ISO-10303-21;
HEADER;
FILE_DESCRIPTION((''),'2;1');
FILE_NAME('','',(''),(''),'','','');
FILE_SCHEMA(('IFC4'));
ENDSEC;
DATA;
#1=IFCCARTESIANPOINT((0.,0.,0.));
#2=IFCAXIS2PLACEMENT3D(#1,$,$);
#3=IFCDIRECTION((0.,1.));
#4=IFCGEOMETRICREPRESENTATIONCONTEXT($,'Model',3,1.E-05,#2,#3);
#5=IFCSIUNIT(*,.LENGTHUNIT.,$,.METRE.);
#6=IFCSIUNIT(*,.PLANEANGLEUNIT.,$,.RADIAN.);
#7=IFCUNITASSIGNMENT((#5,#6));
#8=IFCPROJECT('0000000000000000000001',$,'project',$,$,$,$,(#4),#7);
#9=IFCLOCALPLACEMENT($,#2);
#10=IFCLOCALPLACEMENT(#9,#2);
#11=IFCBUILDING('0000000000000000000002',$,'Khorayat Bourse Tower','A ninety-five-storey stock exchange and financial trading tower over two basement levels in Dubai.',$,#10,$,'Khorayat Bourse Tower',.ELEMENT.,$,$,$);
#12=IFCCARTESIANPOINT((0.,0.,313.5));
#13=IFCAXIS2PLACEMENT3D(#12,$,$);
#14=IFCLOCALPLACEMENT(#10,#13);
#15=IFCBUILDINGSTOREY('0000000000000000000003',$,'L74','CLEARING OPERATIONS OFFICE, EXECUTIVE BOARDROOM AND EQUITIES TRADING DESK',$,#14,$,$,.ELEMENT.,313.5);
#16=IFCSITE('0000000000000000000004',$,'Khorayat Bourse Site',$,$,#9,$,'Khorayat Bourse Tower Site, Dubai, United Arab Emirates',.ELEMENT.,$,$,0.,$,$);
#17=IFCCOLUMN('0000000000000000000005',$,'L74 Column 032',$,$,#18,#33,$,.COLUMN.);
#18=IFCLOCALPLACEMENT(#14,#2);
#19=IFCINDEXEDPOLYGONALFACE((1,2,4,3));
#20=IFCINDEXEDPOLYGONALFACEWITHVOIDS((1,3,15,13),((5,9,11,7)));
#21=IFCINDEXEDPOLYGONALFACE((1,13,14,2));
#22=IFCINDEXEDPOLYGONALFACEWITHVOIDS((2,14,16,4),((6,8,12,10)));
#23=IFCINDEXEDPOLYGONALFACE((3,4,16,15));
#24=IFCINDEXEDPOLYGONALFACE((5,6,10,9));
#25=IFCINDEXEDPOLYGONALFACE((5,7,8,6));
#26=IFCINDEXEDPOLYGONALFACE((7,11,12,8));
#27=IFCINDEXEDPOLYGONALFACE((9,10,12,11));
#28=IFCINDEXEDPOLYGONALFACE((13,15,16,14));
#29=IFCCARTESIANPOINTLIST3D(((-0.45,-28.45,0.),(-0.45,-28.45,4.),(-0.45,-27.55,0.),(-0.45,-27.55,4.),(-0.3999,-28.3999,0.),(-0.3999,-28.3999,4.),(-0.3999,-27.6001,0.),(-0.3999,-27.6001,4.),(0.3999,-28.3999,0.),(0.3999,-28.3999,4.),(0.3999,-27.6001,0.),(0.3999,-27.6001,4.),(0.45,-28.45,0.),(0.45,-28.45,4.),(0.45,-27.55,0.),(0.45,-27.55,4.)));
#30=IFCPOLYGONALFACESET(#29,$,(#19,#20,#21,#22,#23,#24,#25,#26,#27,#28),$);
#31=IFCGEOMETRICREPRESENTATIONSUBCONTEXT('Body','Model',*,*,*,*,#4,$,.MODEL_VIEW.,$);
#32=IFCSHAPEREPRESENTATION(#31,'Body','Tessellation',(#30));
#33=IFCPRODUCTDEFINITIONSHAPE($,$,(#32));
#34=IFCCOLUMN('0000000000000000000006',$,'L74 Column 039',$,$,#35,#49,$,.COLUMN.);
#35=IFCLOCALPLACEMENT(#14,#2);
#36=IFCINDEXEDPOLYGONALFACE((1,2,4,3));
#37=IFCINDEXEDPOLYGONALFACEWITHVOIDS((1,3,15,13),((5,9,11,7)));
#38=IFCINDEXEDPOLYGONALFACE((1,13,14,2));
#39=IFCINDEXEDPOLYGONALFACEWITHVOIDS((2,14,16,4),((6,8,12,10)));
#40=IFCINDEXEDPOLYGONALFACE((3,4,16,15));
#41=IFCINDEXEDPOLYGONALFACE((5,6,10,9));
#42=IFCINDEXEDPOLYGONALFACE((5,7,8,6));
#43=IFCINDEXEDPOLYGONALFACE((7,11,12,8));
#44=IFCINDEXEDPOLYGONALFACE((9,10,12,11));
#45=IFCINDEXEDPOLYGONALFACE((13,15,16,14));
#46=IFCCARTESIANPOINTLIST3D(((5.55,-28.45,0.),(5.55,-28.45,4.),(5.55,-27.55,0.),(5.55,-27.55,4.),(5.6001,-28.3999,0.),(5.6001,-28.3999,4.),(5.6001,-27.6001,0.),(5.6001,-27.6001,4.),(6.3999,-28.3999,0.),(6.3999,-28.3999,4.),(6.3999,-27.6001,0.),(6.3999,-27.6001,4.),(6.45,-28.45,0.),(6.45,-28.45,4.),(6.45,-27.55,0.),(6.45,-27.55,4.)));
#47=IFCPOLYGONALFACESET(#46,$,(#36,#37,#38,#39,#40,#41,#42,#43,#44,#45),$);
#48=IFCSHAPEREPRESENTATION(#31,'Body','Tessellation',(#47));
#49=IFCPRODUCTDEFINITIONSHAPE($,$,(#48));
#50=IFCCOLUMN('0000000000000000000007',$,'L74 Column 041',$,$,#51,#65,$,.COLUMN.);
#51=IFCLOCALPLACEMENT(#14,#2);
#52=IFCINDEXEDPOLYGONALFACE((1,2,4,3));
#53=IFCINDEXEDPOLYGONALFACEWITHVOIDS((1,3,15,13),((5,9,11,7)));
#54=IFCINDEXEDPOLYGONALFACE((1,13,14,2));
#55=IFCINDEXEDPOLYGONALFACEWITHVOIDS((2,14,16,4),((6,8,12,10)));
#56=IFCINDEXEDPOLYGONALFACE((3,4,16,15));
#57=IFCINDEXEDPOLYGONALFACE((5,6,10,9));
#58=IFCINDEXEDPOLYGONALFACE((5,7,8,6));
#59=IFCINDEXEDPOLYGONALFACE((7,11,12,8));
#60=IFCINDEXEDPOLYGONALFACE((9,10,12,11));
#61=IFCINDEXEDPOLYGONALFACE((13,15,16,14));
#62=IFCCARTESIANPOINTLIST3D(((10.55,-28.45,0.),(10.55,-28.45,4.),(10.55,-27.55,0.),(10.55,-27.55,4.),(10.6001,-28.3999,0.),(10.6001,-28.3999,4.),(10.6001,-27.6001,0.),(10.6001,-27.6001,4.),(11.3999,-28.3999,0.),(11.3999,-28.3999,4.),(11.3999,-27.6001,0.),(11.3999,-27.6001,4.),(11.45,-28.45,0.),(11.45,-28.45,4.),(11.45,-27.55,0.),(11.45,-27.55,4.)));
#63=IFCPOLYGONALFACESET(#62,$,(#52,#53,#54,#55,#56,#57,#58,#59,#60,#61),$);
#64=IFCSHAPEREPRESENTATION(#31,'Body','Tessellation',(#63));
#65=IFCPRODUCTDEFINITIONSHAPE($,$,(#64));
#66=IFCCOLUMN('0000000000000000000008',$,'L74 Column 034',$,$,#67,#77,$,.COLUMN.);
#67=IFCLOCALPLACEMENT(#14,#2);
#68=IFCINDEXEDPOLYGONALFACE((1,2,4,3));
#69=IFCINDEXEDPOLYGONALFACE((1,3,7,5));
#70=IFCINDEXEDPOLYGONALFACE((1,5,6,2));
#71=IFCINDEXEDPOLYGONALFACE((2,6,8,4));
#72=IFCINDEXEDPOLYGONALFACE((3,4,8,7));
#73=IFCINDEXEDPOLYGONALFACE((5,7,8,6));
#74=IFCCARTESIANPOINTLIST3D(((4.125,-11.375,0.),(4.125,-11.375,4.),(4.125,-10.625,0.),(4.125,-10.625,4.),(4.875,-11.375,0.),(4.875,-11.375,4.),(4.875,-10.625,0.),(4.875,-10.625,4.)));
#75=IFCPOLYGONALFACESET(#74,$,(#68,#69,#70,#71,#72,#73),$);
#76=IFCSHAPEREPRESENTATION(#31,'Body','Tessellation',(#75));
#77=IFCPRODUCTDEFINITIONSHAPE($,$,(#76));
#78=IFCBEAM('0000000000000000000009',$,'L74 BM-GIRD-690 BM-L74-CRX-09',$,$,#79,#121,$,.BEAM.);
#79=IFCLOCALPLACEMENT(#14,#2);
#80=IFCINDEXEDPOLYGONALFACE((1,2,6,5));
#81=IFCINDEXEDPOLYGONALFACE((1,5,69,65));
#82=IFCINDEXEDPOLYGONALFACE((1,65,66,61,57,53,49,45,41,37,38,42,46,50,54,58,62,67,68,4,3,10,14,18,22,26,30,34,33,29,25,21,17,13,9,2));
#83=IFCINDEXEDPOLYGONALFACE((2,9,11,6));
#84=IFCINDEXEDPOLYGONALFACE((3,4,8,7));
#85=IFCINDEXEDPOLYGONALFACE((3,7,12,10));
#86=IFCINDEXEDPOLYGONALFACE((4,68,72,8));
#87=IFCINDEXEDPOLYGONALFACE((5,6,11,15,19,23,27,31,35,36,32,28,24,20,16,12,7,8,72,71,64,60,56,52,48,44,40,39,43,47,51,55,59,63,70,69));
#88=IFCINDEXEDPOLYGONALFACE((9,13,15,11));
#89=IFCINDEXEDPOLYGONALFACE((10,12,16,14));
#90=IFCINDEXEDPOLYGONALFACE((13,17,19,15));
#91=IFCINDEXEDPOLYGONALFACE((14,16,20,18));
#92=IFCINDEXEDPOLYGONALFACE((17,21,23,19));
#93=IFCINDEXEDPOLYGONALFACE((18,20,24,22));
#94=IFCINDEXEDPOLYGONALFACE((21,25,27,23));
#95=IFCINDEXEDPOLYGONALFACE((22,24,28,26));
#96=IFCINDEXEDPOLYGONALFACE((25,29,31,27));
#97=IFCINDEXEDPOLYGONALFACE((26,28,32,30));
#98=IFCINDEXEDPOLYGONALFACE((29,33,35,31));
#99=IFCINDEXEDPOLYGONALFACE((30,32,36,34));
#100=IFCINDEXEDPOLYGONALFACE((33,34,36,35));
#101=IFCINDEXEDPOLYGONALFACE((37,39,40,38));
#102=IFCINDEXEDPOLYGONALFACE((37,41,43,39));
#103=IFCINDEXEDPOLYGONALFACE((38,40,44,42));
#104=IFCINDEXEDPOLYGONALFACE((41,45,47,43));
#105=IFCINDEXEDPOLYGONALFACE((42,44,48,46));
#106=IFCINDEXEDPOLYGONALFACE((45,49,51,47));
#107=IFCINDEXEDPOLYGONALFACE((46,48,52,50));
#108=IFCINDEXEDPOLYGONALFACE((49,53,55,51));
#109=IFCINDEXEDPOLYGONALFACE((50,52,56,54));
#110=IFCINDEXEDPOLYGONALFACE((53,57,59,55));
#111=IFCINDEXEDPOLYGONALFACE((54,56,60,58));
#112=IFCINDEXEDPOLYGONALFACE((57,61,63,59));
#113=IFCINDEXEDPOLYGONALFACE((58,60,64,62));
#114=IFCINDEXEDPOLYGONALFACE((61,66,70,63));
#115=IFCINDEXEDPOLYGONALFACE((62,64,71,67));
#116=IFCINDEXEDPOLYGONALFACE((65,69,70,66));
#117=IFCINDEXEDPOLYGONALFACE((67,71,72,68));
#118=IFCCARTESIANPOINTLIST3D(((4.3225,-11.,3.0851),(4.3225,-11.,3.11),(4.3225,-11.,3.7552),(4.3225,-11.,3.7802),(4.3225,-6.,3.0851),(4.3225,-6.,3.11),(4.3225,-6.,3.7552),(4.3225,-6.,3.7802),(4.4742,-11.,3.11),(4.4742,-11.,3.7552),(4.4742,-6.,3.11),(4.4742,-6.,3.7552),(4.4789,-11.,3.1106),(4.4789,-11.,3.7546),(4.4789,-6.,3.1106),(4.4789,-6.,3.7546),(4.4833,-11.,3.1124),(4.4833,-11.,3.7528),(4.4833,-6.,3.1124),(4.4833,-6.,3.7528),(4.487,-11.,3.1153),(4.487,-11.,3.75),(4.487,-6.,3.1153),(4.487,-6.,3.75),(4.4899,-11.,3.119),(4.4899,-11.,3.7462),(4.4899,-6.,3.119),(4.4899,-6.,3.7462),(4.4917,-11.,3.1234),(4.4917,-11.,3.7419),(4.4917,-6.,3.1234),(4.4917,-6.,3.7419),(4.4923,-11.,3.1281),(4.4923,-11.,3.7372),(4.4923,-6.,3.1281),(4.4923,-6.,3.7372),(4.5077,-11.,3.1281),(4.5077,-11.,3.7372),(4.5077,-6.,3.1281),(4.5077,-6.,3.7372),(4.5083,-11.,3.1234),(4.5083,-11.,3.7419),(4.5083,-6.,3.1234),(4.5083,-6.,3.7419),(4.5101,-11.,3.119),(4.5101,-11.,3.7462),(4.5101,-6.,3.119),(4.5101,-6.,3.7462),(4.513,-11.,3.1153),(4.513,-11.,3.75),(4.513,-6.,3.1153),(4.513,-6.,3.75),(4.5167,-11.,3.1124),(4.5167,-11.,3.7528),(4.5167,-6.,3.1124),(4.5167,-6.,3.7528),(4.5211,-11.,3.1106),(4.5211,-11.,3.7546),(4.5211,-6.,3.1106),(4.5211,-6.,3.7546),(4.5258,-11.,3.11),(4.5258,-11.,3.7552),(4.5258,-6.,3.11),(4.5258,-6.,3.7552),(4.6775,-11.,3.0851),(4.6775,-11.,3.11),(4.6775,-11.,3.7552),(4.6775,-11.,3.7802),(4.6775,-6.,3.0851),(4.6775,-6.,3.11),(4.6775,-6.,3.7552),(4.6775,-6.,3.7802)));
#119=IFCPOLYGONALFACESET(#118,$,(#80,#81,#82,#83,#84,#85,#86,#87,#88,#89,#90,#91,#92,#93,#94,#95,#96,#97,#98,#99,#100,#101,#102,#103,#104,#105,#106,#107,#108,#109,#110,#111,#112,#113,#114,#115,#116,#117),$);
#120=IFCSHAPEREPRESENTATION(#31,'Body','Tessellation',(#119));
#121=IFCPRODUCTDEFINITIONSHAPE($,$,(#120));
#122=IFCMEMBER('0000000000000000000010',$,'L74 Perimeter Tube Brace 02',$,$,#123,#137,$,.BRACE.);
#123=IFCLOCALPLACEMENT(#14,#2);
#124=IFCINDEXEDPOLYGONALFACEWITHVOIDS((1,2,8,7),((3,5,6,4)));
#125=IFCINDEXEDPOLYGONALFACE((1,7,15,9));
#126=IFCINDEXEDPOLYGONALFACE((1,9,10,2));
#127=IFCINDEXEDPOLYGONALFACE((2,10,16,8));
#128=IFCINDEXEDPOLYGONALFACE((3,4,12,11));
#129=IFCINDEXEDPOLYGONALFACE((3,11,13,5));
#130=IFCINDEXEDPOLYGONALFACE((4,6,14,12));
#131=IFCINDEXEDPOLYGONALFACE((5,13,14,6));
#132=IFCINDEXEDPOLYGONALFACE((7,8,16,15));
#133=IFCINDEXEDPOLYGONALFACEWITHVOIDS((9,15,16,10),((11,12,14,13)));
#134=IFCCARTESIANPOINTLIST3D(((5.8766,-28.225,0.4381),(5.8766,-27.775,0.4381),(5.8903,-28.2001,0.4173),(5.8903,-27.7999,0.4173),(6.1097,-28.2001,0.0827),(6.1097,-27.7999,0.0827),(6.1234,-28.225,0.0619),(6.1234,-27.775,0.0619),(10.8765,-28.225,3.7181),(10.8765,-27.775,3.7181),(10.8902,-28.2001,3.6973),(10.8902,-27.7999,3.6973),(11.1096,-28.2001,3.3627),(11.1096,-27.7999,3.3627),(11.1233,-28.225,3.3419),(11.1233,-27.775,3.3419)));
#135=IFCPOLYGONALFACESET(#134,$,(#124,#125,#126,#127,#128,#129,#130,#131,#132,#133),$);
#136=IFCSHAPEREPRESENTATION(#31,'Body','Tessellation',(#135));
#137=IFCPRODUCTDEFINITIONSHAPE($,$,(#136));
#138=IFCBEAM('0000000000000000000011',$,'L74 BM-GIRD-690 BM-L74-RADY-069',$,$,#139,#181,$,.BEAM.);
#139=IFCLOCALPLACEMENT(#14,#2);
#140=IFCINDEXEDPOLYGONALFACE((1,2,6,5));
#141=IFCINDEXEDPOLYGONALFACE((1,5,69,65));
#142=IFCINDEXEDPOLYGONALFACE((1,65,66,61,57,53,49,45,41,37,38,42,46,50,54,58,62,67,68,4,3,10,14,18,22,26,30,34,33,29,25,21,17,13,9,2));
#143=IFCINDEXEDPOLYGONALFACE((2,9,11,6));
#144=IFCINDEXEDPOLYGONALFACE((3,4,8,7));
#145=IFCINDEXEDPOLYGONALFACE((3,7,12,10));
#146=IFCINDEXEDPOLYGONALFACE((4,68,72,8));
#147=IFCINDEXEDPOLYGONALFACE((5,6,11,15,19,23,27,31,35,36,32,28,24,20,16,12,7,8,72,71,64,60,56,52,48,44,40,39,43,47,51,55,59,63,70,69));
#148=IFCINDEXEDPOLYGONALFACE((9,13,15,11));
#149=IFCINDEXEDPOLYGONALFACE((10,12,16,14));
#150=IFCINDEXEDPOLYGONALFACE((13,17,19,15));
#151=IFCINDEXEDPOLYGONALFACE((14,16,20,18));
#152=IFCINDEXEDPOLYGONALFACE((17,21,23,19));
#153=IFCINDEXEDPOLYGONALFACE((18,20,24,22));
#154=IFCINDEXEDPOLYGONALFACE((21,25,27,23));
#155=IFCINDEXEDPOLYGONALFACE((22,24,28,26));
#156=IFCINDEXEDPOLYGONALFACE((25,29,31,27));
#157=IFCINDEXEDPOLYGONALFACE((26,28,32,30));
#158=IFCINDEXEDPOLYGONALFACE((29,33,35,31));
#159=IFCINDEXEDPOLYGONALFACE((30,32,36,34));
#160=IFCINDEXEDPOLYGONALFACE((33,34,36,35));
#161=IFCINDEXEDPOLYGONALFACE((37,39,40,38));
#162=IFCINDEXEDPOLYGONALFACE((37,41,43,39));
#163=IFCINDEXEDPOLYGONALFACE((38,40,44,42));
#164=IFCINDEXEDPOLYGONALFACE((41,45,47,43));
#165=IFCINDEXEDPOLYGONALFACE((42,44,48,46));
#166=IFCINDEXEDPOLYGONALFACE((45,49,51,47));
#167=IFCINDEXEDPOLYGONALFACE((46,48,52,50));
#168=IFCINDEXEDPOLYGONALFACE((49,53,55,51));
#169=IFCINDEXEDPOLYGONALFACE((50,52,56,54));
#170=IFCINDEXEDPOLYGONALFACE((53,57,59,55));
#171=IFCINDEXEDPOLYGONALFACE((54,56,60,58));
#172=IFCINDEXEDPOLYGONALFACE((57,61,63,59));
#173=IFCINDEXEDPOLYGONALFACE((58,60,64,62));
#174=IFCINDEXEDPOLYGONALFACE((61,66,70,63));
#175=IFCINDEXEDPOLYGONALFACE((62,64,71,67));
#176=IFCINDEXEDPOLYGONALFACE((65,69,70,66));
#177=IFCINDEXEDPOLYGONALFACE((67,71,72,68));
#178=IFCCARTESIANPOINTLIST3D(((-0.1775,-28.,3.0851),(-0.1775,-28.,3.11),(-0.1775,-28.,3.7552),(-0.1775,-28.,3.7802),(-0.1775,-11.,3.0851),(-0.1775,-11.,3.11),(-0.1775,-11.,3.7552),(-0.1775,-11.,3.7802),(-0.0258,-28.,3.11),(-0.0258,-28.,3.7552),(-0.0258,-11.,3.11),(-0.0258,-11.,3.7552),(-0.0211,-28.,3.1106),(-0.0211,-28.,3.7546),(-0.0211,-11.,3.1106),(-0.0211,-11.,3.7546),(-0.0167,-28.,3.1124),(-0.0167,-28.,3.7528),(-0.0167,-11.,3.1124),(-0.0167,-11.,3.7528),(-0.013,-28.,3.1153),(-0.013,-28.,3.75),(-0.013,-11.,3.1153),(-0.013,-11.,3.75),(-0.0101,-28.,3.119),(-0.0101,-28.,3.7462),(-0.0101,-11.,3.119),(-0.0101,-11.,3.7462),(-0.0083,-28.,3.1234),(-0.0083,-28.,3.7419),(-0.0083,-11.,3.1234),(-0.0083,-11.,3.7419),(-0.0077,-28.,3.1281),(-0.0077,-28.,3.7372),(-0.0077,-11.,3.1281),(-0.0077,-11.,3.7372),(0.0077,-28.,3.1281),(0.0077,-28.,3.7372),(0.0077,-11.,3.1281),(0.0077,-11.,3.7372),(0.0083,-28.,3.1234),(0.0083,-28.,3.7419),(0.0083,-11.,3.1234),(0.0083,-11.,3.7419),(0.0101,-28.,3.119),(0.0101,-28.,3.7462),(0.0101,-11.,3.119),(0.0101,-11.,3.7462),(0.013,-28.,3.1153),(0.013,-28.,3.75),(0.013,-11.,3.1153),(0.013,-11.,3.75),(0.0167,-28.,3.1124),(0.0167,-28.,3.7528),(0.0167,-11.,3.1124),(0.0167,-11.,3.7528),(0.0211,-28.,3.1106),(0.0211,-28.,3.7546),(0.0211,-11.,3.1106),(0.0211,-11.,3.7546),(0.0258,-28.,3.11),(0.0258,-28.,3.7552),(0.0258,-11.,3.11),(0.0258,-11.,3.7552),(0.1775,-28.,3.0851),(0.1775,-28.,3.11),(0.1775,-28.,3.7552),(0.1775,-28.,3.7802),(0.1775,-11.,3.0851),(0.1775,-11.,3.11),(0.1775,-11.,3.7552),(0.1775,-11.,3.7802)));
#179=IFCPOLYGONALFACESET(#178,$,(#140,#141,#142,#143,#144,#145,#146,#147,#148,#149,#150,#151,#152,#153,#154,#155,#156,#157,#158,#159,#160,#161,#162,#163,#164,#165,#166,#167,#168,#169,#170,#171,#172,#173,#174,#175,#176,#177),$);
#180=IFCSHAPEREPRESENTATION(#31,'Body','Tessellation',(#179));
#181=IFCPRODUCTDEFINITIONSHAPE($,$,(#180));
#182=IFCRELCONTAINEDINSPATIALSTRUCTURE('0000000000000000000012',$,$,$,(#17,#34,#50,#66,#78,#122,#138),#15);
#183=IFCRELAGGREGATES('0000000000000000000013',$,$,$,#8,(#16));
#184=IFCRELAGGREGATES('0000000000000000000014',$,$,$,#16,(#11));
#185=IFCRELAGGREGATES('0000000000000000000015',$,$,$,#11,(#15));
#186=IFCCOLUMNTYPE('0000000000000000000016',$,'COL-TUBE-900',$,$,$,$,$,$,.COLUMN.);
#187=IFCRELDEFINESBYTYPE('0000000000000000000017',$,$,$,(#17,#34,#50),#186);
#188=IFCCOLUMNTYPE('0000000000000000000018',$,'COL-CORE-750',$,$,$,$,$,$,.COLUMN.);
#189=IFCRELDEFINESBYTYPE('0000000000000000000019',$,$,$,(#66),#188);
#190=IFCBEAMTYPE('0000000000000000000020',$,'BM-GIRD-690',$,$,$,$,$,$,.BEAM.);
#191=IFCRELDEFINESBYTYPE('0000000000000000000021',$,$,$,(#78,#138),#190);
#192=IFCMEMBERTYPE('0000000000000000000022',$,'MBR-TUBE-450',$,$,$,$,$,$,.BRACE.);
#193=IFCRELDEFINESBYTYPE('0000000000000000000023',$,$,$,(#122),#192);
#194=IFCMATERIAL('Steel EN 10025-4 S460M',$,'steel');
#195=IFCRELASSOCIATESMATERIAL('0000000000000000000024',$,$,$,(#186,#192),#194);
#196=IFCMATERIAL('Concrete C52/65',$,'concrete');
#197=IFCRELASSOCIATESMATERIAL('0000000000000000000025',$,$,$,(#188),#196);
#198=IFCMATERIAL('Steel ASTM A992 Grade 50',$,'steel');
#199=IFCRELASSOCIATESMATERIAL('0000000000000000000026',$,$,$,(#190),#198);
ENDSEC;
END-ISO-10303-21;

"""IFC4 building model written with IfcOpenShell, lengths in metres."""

from ifc_helpers import new_model, si_unit, direction, frame, origin, origin_2d, place, context, subcontext, project, spatial, rectangle, hollow_rectangle, i_section, extrude, source, transform, mapped, material, material_profile, profile_set, type_object, element, save


model = new_model("IFC4")

# Units and contexts
model_context = context("Model", 3, precision=1e-05, world=origin(), true_north=direction((0.0, 1.0)))
body_context = subcontext(model_context, "Body", "Model", "MODEL_VIEW")
ifc_project = project(units=[si_unit("LENGTHUNIT", "METRE"), si_unit("PLANEANGLEUNIT", "RADIAN")], contexts=[model_context])

# Site, building, storey
site_placement = place(None, origin())
site = spatial("IfcSite", under=ifc_project, at=site_placement, Name="Khorayat Bourse Site", LongName="Khorayat Bourse Tower Site, Dubai, United Arab Emirates", CompositionType="ELEMENT", RefElevation=0.0)
building_placement = place(site_placement, origin())
building = spatial("IfcBuilding", under=site, at=building_placement, Name="Khorayat Bourse Tower", Description="A ninety-five-storey stock exchange and financial trading tower over two basement levels in Dubai.", LongName="Khorayat Bourse Tower", CompositionType="ELEMENT")
storey_placement = place(building_placement, frame((0.0, 0.0, 313.5)))
storey = spatial("IfcBuildingStorey", under=building, at=storey_placement, Name="L74", Description="CLEARING OPERATIONS OFFICE, EXECUTIVE BOARDROOM AND EQUITIES TRADING DESK", CompositionType="ELEMENT", Elevation=313.5)

# Columns
ifc_material_1 = material(Name="Steel EN 10025-4 S460M", Category="steel")
ifc_material_profile_1 = material_profile(ifc_material_1, hollow_rectangle(XDim=0.8999, YDim=0.8999, WallThickness=0.05, at=origin_2d()), Name="BOX 900x900x50")
ifc_profile_set_1 = profile_set([ifc_material_profile_1], Name="Steel EN 10025-4 S460M")
column_type_1 = type_object("IfcColumnType", Name="COL-TUBE-900", PredefinedType="COLUMN", material=ifc_profile_set_1)
shared_shape_1 = source(origin(), body_context, "Body", "SweptSolid", [
    extrude(hollow_rectangle(XDim=0.8999, YDim=0.8999, WallThickness=0.05, at=origin_2d()), origin(), (0.0, 0.0, 1.0), 4.0),
])
for number, where, z_axis, x_axis, name in (
    (1, (0.0, -28.0, 0.0), (0.0, 0.0, 1.0), (1.0, 0.0, 0.0), "L74 Column 032"),
    (2, (6.0, -28.0, 0.0), (0.0, 0.0, 1.0), (1.0, 0.0, 0.0), "L74 Column 039"),
    (3, (11.0, -28.0, 0.0), (0.0, 0.0, 1.0), (1.0, 0.0, 0.0), "L74 Column 041"),
):
    element("IfcColumn", number, at=place(storey_placement, frame(where, z_axis=z_axis, x_axis=x_axis)), inside=storey, type_object=column_type_1, Name=name, PredefinedType="COLUMN", context=body_context, shape_type="MappedRepresentation", body=[
        mapped(shared_shape_1, transform((0.0, 0.0, 0.0), scale=1.0)),
    ])
ifc_material_2 = material(Name="Concrete C52/65", Category="concrete")
ifc_material_profile_2 = material_profile(ifc_material_2, rectangle(XDim=0.75, YDim=0.75, at=origin_2d()), Name="RC 750x750")
ifc_profile_set_2 = profile_set([ifc_material_profile_2], Name="Concrete C52/65")
column_type_2 = type_object("IfcColumnType", Name="COL-CORE-750", PredefinedType="COLUMN", material=ifc_profile_set_2)
shared_shape_2 = source(origin(), body_context, "Body", "SweptSolid", [
    extrude(rectangle(XDim=0.75, YDim=0.75, at=origin_2d()), origin(), (0.0, 0.0, 1.0), 4.0),
])
column_placement = place(storey_placement, frame((4.5, -11.0, 0.0), z_axis=(0.0, 0.0, 1.0), x_axis=(1.0, 0.0, 0.0)))
element("IfcColumn", 4, at=column_placement, inside=storey, type_object=column_type_2, Name="L74 Column 034", PredefinedType="COLUMN", context=body_context, shape_type="MappedRepresentation", body=[
    mapped(shared_shape_2, transform((0.0, 0.0, 0.0), scale=1.0)),
])

# Beam
ifc_material_3 = material(Name="Steel ASTM A992 Grade 50", Category="steel")
ifc_material_profile_3 = material_profile(ifc_material_3, i_section(OverallWidth=0.355, OverallDepth=0.6951, WebThickness=0.0154, FlangeThickness=0.0249, FilletRadius=0.0181, at=origin_2d()), Name="W690X217")
ifc_profile_set_3 = profile_set([ifc_material_profile_3], Name="Steel ASTM A992 Grade 50")
beam_type_1 = type_object("IfcBeamType", Name="BM-GIRD-690", PredefinedType="BEAM", material=ifc_profile_set_3)
shared_shape_3 = source(origin(), body_context, "Body", "SweptSolid", [
    extrude(i_section(OverallWidth=0.355, OverallDepth=0.6951, WebThickness=0.0154, FlangeThickness=0.0249, FilletRadius=0.0181, at=origin_2d()), origin(), (0.0, 0.0, 1.0), 5.0),
])
beam_1_placement = place(storey_placement, frame((4.5, -11.0, 3.4326), z_axis=(0.0, 1.0, 0.0), x_axis=(-1.0, 0.0, 0.0)))
element("IfcBeam", 5, at=beam_1_placement, inside=storey, type_object=beam_type_1, Name="L74 BM-GIRD-690 BM-L74-CRX-09", PredefinedType="BEAM", context=body_context, shape_type="MappedRepresentation", body=[
    mapped(shared_shape_3, transform((0.0, 0.0, 0.0), scale=1.0)),
])

# Member
ifc_material_profile_4 = material_profile(ifc_material_1, hollow_rectangle(XDim=0.45, YDim=0.45, WallThickness=0.0249, at=origin_2d()), Name="HSS 450x450x25")
ifc_profile_set_4 = profile_set([ifc_material_profile_4], Name="Steel EN 10025-4 S460M")
member_type_1 = type_object("IfcMemberType", Name="MBR-TUBE-450", PredefinedType="BRACE", material=ifc_profile_set_4)
shared_shape_4 = source(origin(), body_context, "Body", "SweptSolid", [
    extrude(hollow_rectangle(XDim=0.45, YDim=0.45, WallThickness=0.0249, at=origin_2d()), origin(), (0.0, 0.0, 1.0), 5.9797),
])
member_1_placement = place(storey_placement, frame((6.0, -28.0, 0.25), z_axis=(0.836142, 0.0, 0.548514), x_axis=(0.0, 1.0, 0.0)))
element("IfcMember", 6, at=member_1_placement, inside=storey, type_object=member_type_1, Name="L74 Perimeter Tube Brace 02", PredefinedType="BRACE", context=body_context, shape_type="MappedRepresentation", body=[
    mapped(shared_shape_4, transform((0.0, 0.0, 0.0), scale=1.0)),
])

# Beam
shared_shape_5 = source(origin(), body_context, "Body", "SweptSolid", [
    extrude(i_section(OverallWidth=0.355, OverallDepth=0.6951, WebThickness=0.0154, FlangeThickness=0.0249, FilletRadius=0.0181, at=origin_2d()), origin(), (0.0, 0.0, 1.0), 17.0),
])
for number, where, z_axis, x_axis, name in (
    (7, (0.0, -28.0, 3.4326), (0.0, 1.0, 0.0), (-1.0, 0.0, 0.0), "L74 BM-GIRD-690 BM-L74-RADY-069"),
):
    element("IfcBeam", number, at=place(storey_placement, frame(where, z_axis=z_axis, x_axis=x_axis)), inside=storey, type_object=beam_type_1, Name=name, PredefinedType="BEAM", context=body_context, shape_type="MappedRepresentation", body=[
        mapped(shared_shape_5, transform((0.0, 0.0, 0.0), scale=1.0)),
    ])

save(model, "model.ifc")
